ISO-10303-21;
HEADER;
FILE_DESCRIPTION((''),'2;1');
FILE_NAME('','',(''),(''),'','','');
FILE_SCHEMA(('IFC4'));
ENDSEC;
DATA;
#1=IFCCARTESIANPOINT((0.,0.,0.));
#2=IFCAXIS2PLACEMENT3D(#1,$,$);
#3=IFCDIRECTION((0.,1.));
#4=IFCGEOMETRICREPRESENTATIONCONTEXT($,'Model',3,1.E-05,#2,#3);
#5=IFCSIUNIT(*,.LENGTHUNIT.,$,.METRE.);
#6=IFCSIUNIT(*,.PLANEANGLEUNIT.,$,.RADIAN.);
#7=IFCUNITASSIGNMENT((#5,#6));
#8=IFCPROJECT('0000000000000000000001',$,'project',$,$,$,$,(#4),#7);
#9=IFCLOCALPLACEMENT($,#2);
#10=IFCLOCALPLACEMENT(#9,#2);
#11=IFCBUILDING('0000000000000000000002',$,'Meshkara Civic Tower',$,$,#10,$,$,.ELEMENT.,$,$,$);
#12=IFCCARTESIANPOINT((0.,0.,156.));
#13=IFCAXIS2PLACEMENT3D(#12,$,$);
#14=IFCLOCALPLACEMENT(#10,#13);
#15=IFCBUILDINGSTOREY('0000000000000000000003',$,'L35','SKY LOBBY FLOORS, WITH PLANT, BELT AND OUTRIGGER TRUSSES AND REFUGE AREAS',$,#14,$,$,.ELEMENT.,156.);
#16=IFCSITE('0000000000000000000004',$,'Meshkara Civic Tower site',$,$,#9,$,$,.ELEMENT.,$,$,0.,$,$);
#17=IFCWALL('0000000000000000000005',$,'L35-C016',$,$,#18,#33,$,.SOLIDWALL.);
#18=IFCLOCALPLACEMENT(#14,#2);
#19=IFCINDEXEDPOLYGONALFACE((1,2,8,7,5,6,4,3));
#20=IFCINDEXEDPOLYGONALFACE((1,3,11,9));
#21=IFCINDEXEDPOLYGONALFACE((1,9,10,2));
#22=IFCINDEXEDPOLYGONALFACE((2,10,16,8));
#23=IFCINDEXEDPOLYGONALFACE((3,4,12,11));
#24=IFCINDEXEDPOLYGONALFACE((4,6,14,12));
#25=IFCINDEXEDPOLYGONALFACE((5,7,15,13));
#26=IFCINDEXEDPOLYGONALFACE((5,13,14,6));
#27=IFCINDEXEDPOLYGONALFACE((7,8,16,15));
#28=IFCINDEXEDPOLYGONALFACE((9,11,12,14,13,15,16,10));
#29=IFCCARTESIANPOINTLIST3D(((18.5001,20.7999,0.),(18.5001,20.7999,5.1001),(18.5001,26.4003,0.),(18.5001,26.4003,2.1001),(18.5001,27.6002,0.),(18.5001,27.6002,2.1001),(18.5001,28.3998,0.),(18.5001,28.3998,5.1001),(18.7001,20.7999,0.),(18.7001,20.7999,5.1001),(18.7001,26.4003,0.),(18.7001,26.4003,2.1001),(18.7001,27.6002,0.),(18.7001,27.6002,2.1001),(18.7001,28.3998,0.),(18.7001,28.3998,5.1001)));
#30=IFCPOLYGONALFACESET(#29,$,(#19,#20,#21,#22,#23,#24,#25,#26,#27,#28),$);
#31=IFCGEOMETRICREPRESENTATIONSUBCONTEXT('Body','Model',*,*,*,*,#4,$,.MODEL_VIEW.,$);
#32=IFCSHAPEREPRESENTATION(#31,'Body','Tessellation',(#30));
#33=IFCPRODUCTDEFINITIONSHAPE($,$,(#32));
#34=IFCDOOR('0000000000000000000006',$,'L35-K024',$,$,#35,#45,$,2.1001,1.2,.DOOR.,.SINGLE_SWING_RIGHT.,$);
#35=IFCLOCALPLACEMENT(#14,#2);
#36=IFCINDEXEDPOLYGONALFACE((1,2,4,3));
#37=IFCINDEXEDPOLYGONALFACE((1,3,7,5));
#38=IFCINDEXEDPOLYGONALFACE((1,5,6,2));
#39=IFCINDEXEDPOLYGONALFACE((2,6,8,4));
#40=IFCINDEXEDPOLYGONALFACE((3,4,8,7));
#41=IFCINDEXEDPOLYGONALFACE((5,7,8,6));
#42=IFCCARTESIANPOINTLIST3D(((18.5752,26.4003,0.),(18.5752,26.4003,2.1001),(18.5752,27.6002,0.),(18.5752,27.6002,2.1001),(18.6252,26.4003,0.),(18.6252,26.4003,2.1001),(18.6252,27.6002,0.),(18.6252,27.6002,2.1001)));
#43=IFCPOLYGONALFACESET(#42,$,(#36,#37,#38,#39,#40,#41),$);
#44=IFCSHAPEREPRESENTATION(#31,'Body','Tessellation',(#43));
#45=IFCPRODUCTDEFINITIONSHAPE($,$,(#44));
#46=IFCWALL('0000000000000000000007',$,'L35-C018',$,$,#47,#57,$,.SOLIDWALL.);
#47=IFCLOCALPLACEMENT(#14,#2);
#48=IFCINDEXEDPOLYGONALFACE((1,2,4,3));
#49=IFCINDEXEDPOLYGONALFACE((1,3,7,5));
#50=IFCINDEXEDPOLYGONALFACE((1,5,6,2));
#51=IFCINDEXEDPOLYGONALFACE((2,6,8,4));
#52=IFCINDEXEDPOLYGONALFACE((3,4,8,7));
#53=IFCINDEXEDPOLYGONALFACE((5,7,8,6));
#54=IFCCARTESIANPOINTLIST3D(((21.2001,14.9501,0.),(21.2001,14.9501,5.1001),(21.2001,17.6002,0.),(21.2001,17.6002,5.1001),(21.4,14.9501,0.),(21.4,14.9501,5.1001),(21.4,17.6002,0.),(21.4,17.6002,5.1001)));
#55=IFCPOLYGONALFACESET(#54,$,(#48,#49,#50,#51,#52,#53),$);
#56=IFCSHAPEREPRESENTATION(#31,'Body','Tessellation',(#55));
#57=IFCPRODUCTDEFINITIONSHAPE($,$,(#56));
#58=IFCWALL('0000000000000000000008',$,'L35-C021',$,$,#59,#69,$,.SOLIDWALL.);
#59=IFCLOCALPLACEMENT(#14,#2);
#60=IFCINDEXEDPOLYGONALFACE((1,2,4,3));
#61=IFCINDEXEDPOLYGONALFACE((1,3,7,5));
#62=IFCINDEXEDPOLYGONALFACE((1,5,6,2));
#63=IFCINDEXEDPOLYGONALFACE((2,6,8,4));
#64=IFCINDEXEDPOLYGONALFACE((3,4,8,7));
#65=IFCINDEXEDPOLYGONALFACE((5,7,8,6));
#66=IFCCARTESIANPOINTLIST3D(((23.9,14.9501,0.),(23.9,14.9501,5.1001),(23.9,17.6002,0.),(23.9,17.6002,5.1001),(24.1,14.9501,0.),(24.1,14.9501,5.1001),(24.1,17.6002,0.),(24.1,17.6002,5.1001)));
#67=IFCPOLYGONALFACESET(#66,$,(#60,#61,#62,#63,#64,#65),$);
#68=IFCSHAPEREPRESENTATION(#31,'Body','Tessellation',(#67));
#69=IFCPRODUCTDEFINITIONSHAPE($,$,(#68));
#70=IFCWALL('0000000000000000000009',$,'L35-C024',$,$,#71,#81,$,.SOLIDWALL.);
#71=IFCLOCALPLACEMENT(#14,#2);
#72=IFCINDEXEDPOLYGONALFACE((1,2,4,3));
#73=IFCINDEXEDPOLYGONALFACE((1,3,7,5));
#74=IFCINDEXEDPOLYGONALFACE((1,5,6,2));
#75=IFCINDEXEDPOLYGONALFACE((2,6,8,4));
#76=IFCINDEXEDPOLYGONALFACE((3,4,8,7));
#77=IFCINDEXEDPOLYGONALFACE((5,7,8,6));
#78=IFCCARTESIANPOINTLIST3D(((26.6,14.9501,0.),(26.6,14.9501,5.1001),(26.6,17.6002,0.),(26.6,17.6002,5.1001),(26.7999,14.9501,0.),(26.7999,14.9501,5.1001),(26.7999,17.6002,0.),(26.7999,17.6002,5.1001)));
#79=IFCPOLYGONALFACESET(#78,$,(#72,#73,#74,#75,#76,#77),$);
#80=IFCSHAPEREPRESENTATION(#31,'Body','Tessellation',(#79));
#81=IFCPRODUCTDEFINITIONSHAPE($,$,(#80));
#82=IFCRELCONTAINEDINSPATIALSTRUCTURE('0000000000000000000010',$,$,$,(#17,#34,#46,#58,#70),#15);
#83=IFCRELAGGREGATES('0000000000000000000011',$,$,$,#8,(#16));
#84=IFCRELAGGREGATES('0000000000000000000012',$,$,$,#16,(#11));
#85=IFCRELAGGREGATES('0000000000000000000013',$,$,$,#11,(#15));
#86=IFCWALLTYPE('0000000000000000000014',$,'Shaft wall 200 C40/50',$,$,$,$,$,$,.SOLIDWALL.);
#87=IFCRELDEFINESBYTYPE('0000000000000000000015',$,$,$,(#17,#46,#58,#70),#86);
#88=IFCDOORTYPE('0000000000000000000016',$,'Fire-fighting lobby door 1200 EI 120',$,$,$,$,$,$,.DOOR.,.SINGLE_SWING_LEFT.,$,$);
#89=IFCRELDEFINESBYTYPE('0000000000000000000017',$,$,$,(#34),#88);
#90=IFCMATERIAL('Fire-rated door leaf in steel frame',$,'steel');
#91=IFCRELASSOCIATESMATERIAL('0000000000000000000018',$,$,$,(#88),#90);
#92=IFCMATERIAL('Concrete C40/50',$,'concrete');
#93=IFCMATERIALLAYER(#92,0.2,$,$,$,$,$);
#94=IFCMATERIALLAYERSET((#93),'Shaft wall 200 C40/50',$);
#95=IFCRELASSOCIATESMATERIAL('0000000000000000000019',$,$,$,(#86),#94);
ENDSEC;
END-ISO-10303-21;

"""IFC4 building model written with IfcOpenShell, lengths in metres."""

from ifc_helpers import new_model, si_unit, direction, frame, frame_2d, origin, place, context, subcontext, project, spatial, rectangle, extrude, material, layer, layer_set, type_object, element, fill, save


model = new_model("IFC4")

# Units and contexts
model_context = context("Model", 3, precision=1e-05, world=origin(), true_north=direction((0.0, 1.0)))
body_context = subcontext(model_context, "Body", "Model", "MODEL_VIEW")
ifc_project = project(units=[si_unit("LENGTHUNIT", "METRE"), si_unit("PLANEANGLEUNIT", "RADIAN")], contexts=[model_context])

# Site, building, storey
site_placement = place(None, origin())
site = spatial("IfcSite", under=ifc_project, at=site_placement, Name="Meshkara Civic Tower site", CompositionType="ELEMENT", RefElevation=0.0)
building_placement = place(site_placement, origin())
building = spatial("IfcBuilding", under=site, at=building_placement, Name="Meshkara Civic Tower", CompositionType="ELEMENT")
storey_placement = place(building_placement, frame((0.0, 0.0, 156.0)))
storey = spatial("IfcBuildingStorey", under=building, at=storey_placement, Name="L35", Description="SKY LOBBY FLOORS, WITH PLANT, BELT AND OUTRIGGER TRUSSES AND REFUGE AREAS", CompositionType="ELEMENT", Elevation=156.0)

# Shared definitions
ifc_material_1 = material(Name="Fire-rated door leaf in steel frame", Category="steel")
door_type_1 = type_object("IfcDoorType", Name="Fire-fighting lobby door 1200 EI 120", OperationType="SINGLE_SWING_LEFT", PredefinedType="DOOR", material=ifc_material_1)
ifc_material_2 = material(Name="Concrete C40/50", Category="concrete")
ifc_layer_1 = layer(ifc_material_2, 0.2)
ifc_layer_set_1 = layer_set([ifc_layer_1], Name="Shaft wall 200 C40/50")
wall_type_1 = type_object("IfcWallType", Name="Shaft wall 200 C40/50", PredefinedType="SOLIDWALL", material=ifc_layer_set_1)

# Wall, opening, door
wall_1_placement = place(storey_placement, frame((18.6001, 20.8, 0.0), z_axis=(0.0, 0.0, 1.0), x_axis=(0.0, 1.0, 0.0)))
wall_1 = element("IfcWall", 1, at=wall_1_placement, inside=storey, type_object=wall_type_1, Name="L35-C016", PredefinedType="SOLIDWALL", context=body_context, shape_type="SweptSolid", body=[
    extrude(rectangle(XDim=7.5999, YDim=0.2, at=frame_2d((3.7998, 0.0))), origin(), (0.0, 0.0, 1.0), 5.1001),
])
opening_1_placement = place(wall_1_placement, frame((5.6001, 0.0, 0.0)))
opening_1 = element("IfcOpeningElement", 2, at=opening_1_placement, cuts=wall_1, PredefinedType="OPENING", context=body_context, shape_type="SweptSolid", body=[
    extrude(rectangle(XDim=1.2, YDim=2.1001, at=frame_2d((0.6001, 1.05))), frame((0.0, 0.1099, 0.0), z_axis=(0.0, -1.0, 0.0), x_axis=(1.0, 0.0, 0.0)), (0.0, 0.0, 1.0), 0.22),
])
door_1_placement = place(opening_1_placement, origin())
door_1 = element("IfcDoor", 3, at=door_1_placement, inside=storey, type_object=door_type_1, Name="L35-K024", OperationType="SINGLE_SWING_RIGHT", OverallHeight=2.1001, OverallWidth=1.2, PredefinedType="DOOR", context=body_context, shape_type="SweptSolid", body=[
    extrude(rectangle(XDim=1.2, YDim=2.1001, at=frame_2d((0.6001, 1.05))), frame((0.0, 0.0249, 0.0), z_axis=(0.0, -1.0, 0.0), x_axis=(1.0, 0.0, 0.0)), (0.0, 0.0, 1.0), 0.05),
])
fill(opening_1, door_1)

# Walls
for number, where, z_axis, x_axis, name in (
    (4, (21.3, 14.95, 0.0), (0.0, 0.0, 1.0), (0.0, 1.0, 0.0), "L35-C018"),
    (5, (24.0, 14.95, 0.0), (0.0, 0.0, 1.0), (0.0, 1.0, 0.0), "L35-C021"),
    (6, (26.7, 14.95, 0.0), (0.0, 0.0, 1.0), (0.0, 1.0, 0.0), "L35-C024"),
):
    element("IfcWall", number, at=place(storey_placement, frame(where, z_axis=z_axis, x_axis=x_axis)), inside=storey, type_object=wall_type_1, Name=name, PredefinedType="SOLIDWALL", context=body_context, shape_type="SweptSolid", body=[
        extrude(rectangle(XDim=2.6501, YDim=0.2, at=frame_2d((1.3252, 0.0))), origin(), (0.0, 0.0, 1.0), 5.1001),
    ])

save(model, "model.ifc")
